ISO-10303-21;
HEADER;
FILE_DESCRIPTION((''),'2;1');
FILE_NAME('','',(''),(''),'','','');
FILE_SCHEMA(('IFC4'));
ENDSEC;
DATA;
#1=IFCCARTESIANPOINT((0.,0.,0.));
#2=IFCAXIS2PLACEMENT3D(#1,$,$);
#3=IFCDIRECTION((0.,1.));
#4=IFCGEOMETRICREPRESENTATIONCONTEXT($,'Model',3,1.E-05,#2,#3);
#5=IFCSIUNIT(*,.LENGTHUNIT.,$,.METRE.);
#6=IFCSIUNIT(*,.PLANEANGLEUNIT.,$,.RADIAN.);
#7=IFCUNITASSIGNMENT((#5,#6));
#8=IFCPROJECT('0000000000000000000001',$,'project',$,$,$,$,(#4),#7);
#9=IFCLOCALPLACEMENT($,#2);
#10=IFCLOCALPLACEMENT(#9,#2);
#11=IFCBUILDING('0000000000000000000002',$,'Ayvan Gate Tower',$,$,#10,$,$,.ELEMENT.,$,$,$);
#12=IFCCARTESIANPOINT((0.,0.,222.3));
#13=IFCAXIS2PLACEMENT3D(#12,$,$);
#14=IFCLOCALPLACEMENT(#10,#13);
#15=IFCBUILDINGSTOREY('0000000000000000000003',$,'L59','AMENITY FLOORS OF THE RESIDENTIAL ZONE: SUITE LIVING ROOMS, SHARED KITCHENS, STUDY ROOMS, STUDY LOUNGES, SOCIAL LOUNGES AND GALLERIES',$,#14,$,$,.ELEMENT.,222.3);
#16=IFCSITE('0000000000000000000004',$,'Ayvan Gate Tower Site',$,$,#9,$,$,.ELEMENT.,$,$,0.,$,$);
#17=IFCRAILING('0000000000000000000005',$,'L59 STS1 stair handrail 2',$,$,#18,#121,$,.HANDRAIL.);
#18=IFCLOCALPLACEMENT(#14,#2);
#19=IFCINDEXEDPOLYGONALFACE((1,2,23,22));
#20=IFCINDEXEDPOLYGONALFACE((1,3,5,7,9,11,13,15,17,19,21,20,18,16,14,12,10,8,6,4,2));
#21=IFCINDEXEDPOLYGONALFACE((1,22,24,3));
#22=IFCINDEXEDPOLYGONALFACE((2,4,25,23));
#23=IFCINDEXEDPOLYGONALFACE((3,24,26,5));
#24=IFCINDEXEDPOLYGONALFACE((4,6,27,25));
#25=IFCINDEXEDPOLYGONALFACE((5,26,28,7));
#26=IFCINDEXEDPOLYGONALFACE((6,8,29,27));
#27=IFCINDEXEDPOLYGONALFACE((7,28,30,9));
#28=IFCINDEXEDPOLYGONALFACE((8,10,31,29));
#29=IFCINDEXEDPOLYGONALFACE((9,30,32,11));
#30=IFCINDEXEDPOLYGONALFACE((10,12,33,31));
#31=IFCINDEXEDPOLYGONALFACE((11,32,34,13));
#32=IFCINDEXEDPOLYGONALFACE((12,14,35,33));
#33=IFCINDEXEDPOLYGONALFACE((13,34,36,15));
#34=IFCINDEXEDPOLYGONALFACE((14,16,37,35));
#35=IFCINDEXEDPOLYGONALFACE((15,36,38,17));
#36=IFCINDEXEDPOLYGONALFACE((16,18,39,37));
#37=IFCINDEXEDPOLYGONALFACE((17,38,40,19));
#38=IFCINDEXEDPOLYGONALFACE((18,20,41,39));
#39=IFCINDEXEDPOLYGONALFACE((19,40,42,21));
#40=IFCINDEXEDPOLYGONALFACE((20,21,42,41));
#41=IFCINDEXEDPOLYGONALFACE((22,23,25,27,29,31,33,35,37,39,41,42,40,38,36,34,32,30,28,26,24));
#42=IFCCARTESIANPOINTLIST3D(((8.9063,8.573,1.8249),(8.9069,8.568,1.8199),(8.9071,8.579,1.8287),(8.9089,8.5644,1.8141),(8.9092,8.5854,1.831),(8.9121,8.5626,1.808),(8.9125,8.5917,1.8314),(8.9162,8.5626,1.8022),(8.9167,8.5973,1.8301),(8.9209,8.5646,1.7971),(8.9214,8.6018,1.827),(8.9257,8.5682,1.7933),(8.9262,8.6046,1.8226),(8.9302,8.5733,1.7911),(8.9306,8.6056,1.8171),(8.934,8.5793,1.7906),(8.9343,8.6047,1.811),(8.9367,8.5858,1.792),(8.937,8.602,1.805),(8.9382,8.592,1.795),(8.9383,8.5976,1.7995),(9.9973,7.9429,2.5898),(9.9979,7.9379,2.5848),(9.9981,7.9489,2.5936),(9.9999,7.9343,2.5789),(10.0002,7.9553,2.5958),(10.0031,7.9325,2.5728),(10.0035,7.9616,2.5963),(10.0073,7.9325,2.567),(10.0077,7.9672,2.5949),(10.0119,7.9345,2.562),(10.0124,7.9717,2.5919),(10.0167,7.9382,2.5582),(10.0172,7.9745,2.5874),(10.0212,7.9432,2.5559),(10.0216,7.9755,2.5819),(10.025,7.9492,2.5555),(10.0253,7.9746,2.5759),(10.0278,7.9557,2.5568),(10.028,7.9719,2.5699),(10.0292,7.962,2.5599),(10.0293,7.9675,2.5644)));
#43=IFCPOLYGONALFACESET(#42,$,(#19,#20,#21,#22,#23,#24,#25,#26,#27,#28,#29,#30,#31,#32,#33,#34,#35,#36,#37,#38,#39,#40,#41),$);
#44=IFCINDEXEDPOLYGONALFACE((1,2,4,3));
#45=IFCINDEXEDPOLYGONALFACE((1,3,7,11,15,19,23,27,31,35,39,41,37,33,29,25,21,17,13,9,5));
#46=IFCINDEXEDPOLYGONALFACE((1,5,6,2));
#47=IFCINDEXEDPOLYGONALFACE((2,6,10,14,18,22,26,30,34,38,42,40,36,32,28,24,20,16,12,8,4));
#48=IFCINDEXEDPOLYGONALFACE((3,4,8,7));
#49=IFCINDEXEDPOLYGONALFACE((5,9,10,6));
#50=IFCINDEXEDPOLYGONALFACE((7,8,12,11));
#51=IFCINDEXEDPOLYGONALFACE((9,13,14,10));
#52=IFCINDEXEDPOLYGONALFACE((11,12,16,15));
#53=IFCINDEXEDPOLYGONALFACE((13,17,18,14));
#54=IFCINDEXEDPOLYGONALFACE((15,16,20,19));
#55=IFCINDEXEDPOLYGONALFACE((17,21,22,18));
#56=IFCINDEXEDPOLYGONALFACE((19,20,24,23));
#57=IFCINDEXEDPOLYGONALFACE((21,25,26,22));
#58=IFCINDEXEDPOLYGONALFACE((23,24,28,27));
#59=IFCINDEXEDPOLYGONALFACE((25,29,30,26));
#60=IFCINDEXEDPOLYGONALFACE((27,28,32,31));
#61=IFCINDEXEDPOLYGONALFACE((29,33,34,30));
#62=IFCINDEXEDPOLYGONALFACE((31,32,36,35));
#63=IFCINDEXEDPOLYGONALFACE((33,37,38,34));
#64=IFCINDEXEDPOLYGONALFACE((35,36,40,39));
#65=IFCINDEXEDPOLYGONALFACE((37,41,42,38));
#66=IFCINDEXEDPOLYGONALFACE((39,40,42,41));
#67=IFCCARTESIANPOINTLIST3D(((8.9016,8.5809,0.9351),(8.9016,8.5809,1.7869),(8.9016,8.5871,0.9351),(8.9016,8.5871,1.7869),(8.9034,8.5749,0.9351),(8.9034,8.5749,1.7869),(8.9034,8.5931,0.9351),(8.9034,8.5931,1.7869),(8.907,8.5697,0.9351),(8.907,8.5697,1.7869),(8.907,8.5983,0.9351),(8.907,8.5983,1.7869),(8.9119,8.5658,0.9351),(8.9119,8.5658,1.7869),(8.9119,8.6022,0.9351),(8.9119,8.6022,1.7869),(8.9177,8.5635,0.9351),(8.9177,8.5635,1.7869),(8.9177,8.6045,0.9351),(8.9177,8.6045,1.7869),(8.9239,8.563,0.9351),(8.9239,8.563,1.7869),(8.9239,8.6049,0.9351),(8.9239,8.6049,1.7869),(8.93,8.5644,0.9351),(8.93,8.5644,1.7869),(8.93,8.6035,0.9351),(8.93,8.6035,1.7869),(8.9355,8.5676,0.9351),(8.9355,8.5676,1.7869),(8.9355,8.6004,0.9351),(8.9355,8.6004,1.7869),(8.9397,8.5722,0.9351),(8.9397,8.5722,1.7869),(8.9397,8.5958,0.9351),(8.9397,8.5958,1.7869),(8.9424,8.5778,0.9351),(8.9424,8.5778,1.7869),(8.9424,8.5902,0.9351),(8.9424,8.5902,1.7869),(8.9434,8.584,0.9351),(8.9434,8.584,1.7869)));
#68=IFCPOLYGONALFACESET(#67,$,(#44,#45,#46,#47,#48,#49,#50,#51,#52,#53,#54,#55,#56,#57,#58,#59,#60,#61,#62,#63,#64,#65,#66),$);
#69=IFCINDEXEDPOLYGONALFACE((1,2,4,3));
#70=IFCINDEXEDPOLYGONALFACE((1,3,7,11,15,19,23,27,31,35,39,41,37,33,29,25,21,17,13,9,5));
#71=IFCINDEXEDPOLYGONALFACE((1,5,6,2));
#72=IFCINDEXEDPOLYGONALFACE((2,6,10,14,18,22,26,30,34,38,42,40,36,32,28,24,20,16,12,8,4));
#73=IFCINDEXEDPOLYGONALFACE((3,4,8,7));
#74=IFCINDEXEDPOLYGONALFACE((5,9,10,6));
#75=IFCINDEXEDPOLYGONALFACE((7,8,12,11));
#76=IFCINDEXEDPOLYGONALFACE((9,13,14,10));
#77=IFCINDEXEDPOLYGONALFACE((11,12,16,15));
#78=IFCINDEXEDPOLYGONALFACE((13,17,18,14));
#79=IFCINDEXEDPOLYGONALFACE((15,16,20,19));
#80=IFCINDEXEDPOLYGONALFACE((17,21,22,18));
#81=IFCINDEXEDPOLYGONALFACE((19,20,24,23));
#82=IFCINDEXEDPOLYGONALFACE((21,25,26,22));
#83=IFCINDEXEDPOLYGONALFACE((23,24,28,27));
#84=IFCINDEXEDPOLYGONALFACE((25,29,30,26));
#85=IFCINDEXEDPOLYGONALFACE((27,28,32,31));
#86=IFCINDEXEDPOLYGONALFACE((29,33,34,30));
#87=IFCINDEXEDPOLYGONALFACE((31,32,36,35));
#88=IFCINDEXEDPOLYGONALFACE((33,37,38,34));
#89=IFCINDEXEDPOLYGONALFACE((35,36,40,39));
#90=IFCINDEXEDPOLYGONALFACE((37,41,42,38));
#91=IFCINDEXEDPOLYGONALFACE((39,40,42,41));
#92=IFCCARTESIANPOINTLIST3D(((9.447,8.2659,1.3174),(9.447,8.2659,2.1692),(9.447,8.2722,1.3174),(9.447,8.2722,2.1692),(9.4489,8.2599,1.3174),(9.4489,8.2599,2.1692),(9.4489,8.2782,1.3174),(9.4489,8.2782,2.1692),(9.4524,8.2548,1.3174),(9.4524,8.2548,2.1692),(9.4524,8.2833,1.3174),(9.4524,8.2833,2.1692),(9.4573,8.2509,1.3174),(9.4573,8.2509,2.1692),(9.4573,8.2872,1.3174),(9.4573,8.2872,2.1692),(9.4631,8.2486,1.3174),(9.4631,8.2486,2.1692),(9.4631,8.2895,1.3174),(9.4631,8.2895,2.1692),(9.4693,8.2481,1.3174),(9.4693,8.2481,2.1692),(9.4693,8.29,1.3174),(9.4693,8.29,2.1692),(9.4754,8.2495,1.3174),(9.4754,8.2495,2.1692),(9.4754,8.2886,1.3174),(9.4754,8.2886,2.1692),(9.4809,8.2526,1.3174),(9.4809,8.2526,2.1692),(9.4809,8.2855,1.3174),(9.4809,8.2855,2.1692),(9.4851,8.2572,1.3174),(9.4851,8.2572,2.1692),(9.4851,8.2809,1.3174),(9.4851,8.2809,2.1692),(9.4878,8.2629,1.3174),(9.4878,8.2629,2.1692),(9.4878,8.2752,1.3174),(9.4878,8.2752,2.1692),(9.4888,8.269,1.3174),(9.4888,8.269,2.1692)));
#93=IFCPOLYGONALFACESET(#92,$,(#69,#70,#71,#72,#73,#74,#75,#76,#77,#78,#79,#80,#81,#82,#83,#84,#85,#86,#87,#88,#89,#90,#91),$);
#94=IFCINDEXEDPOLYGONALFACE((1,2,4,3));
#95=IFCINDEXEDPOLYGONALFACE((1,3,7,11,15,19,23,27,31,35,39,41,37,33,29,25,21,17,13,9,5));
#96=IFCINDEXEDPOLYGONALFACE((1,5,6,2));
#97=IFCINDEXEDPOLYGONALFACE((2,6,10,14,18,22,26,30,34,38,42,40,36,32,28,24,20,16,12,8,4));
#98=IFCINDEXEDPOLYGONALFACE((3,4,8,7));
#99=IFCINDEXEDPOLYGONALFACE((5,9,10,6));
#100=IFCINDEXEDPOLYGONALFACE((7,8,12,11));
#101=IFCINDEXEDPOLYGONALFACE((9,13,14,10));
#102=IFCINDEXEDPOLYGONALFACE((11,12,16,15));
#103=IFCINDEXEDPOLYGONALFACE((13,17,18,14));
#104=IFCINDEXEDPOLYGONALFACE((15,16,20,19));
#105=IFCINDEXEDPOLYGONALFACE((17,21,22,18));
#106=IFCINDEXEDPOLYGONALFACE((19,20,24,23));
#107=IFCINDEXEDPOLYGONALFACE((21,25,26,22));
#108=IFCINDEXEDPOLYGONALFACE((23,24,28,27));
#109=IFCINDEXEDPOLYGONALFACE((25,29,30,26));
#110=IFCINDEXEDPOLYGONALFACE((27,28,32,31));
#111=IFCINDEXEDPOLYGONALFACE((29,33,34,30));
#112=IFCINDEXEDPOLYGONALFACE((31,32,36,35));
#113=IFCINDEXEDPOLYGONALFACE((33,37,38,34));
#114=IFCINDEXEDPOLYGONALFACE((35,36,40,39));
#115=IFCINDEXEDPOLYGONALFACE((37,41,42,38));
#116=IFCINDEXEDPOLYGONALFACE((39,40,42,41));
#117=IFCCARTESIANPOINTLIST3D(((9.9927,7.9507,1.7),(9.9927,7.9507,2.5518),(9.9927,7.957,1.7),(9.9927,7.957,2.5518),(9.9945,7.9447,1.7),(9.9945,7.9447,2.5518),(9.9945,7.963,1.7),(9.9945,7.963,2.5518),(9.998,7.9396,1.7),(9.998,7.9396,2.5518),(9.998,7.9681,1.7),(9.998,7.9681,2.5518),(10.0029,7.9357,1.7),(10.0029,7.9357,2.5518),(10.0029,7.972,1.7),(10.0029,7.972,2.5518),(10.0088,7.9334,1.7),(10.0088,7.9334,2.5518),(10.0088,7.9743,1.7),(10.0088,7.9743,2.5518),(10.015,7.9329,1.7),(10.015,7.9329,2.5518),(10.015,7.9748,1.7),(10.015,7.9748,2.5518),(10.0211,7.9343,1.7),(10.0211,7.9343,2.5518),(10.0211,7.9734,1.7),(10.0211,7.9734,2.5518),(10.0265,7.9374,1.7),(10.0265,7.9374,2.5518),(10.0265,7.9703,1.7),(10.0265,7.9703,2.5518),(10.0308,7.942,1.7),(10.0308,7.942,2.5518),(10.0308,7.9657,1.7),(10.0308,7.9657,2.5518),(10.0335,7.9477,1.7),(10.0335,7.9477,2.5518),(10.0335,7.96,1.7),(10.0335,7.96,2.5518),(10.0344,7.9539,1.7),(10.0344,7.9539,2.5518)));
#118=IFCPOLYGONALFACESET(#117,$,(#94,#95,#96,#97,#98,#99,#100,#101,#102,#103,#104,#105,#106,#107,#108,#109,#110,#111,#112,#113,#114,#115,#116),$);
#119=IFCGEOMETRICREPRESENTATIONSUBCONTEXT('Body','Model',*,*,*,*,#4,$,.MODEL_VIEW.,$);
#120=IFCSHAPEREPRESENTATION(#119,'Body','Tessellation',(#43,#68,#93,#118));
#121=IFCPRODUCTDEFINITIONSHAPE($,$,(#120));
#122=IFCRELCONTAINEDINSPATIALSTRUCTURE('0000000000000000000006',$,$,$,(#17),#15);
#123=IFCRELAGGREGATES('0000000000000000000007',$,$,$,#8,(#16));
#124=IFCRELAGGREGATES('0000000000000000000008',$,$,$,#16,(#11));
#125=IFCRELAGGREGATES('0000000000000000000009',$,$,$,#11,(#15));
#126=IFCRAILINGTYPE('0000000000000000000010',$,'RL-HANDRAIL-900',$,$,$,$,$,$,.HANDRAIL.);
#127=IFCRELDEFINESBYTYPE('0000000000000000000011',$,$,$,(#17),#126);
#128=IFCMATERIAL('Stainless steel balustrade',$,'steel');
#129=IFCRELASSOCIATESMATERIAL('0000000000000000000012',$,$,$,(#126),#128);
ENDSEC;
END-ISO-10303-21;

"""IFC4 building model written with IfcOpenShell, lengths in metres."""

from ifc_helpers import new_model, si_unit, direction, frame, origin, origin_2d, place, context, subcontext, project, spatial, circle, extrude, material, type_object, element, save


model = new_model("IFC4")

# Units and contexts
model_context = context("Model", 3, precision=1e-05, world=origin(), true_north=direction((0.0, 1.0)))
body_context = subcontext(model_context, "Body", "Model", "MODEL_VIEW")
ifc_project = project(units=[si_unit("LENGTHUNIT", "METRE"), si_unit("PLANEANGLEUNIT", "RADIAN")], contexts=[model_context])

# Site, building, storey
site_placement = place(None, origin())
site = spatial("IfcSite", under=ifc_project, at=site_placement, Name="Ayvan Gate Tower Site", CompositionType="ELEMENT", RefElevation=0.0)
building_placement = place(site_placement, origin())
building = spatial("IfcBuilding", under=site, at=building_placement, Name="Ayvan Gate Tower", CompositionType="ELEMENT")
storey_placement = place(building_placement, frame((0.0, 0.0, 222.3)))
storey = spatial("IfcBuildingStorey", under=building, at=storey_placement, Name="L59", Description="AMENITY FLOORS OF THE RESIDENTIAL ZONE: SUITE LIVING ROOMS, SHARED KITCHENS, STUDY ROOMS, STUDY LOUNGES, SOCIAL LOUNGES AND GALLERIES", CompositionType="ELEMENT", Elevation=222.3)

# Railing
ifc_material_1 = material(Name="Stainless steel balustrade", Category="steel")
railing_type_1 = type_object("IfcRailingType", Name="RL-HANDRAIL-900", PredefinedType="HANDRAIL", material=ifc_material_1)
railing_1_placement = place(storey_placement, frame((8.9224, 8.584, 0.9351)))
element("IfcRailing", 1, at=railing_1_placement, inside=storey, type_object=railing_type_1, Name="L59 STS1 stair handrail 2", PredefinedType="HANDRAIL", context=body_context, shape_type="SweptSolid", body=[
    extrude(circle(Radius=0.0239, at=origin_2d()), frame((0.0, 0.0, 0.876), z_axis=(0.740229, -0.427508, 0.518939), x_axis=(0.500119, 0.865956, 0.0)), (0.0, 0.0, 1.0), 1.4739),
    extrude(circle(Radius=0.021, at=origin_2d()), origin(), (0.0, 0.0, 1.0), 0.8518),
    extrude(circle(Radius=0.021, at=origin_2d()), frame((0.5454, -0.3149, 0.3823)), (0.0, 0.0, 1.0), 0.8518),
    extrude(circle(Radius=0.021, at=origin_2d()), frame((1.0911, -0.6301, 0.7649)), (0.0, 0.0, 1.0), 0.8518),
])

save(model, "model.ifc")
